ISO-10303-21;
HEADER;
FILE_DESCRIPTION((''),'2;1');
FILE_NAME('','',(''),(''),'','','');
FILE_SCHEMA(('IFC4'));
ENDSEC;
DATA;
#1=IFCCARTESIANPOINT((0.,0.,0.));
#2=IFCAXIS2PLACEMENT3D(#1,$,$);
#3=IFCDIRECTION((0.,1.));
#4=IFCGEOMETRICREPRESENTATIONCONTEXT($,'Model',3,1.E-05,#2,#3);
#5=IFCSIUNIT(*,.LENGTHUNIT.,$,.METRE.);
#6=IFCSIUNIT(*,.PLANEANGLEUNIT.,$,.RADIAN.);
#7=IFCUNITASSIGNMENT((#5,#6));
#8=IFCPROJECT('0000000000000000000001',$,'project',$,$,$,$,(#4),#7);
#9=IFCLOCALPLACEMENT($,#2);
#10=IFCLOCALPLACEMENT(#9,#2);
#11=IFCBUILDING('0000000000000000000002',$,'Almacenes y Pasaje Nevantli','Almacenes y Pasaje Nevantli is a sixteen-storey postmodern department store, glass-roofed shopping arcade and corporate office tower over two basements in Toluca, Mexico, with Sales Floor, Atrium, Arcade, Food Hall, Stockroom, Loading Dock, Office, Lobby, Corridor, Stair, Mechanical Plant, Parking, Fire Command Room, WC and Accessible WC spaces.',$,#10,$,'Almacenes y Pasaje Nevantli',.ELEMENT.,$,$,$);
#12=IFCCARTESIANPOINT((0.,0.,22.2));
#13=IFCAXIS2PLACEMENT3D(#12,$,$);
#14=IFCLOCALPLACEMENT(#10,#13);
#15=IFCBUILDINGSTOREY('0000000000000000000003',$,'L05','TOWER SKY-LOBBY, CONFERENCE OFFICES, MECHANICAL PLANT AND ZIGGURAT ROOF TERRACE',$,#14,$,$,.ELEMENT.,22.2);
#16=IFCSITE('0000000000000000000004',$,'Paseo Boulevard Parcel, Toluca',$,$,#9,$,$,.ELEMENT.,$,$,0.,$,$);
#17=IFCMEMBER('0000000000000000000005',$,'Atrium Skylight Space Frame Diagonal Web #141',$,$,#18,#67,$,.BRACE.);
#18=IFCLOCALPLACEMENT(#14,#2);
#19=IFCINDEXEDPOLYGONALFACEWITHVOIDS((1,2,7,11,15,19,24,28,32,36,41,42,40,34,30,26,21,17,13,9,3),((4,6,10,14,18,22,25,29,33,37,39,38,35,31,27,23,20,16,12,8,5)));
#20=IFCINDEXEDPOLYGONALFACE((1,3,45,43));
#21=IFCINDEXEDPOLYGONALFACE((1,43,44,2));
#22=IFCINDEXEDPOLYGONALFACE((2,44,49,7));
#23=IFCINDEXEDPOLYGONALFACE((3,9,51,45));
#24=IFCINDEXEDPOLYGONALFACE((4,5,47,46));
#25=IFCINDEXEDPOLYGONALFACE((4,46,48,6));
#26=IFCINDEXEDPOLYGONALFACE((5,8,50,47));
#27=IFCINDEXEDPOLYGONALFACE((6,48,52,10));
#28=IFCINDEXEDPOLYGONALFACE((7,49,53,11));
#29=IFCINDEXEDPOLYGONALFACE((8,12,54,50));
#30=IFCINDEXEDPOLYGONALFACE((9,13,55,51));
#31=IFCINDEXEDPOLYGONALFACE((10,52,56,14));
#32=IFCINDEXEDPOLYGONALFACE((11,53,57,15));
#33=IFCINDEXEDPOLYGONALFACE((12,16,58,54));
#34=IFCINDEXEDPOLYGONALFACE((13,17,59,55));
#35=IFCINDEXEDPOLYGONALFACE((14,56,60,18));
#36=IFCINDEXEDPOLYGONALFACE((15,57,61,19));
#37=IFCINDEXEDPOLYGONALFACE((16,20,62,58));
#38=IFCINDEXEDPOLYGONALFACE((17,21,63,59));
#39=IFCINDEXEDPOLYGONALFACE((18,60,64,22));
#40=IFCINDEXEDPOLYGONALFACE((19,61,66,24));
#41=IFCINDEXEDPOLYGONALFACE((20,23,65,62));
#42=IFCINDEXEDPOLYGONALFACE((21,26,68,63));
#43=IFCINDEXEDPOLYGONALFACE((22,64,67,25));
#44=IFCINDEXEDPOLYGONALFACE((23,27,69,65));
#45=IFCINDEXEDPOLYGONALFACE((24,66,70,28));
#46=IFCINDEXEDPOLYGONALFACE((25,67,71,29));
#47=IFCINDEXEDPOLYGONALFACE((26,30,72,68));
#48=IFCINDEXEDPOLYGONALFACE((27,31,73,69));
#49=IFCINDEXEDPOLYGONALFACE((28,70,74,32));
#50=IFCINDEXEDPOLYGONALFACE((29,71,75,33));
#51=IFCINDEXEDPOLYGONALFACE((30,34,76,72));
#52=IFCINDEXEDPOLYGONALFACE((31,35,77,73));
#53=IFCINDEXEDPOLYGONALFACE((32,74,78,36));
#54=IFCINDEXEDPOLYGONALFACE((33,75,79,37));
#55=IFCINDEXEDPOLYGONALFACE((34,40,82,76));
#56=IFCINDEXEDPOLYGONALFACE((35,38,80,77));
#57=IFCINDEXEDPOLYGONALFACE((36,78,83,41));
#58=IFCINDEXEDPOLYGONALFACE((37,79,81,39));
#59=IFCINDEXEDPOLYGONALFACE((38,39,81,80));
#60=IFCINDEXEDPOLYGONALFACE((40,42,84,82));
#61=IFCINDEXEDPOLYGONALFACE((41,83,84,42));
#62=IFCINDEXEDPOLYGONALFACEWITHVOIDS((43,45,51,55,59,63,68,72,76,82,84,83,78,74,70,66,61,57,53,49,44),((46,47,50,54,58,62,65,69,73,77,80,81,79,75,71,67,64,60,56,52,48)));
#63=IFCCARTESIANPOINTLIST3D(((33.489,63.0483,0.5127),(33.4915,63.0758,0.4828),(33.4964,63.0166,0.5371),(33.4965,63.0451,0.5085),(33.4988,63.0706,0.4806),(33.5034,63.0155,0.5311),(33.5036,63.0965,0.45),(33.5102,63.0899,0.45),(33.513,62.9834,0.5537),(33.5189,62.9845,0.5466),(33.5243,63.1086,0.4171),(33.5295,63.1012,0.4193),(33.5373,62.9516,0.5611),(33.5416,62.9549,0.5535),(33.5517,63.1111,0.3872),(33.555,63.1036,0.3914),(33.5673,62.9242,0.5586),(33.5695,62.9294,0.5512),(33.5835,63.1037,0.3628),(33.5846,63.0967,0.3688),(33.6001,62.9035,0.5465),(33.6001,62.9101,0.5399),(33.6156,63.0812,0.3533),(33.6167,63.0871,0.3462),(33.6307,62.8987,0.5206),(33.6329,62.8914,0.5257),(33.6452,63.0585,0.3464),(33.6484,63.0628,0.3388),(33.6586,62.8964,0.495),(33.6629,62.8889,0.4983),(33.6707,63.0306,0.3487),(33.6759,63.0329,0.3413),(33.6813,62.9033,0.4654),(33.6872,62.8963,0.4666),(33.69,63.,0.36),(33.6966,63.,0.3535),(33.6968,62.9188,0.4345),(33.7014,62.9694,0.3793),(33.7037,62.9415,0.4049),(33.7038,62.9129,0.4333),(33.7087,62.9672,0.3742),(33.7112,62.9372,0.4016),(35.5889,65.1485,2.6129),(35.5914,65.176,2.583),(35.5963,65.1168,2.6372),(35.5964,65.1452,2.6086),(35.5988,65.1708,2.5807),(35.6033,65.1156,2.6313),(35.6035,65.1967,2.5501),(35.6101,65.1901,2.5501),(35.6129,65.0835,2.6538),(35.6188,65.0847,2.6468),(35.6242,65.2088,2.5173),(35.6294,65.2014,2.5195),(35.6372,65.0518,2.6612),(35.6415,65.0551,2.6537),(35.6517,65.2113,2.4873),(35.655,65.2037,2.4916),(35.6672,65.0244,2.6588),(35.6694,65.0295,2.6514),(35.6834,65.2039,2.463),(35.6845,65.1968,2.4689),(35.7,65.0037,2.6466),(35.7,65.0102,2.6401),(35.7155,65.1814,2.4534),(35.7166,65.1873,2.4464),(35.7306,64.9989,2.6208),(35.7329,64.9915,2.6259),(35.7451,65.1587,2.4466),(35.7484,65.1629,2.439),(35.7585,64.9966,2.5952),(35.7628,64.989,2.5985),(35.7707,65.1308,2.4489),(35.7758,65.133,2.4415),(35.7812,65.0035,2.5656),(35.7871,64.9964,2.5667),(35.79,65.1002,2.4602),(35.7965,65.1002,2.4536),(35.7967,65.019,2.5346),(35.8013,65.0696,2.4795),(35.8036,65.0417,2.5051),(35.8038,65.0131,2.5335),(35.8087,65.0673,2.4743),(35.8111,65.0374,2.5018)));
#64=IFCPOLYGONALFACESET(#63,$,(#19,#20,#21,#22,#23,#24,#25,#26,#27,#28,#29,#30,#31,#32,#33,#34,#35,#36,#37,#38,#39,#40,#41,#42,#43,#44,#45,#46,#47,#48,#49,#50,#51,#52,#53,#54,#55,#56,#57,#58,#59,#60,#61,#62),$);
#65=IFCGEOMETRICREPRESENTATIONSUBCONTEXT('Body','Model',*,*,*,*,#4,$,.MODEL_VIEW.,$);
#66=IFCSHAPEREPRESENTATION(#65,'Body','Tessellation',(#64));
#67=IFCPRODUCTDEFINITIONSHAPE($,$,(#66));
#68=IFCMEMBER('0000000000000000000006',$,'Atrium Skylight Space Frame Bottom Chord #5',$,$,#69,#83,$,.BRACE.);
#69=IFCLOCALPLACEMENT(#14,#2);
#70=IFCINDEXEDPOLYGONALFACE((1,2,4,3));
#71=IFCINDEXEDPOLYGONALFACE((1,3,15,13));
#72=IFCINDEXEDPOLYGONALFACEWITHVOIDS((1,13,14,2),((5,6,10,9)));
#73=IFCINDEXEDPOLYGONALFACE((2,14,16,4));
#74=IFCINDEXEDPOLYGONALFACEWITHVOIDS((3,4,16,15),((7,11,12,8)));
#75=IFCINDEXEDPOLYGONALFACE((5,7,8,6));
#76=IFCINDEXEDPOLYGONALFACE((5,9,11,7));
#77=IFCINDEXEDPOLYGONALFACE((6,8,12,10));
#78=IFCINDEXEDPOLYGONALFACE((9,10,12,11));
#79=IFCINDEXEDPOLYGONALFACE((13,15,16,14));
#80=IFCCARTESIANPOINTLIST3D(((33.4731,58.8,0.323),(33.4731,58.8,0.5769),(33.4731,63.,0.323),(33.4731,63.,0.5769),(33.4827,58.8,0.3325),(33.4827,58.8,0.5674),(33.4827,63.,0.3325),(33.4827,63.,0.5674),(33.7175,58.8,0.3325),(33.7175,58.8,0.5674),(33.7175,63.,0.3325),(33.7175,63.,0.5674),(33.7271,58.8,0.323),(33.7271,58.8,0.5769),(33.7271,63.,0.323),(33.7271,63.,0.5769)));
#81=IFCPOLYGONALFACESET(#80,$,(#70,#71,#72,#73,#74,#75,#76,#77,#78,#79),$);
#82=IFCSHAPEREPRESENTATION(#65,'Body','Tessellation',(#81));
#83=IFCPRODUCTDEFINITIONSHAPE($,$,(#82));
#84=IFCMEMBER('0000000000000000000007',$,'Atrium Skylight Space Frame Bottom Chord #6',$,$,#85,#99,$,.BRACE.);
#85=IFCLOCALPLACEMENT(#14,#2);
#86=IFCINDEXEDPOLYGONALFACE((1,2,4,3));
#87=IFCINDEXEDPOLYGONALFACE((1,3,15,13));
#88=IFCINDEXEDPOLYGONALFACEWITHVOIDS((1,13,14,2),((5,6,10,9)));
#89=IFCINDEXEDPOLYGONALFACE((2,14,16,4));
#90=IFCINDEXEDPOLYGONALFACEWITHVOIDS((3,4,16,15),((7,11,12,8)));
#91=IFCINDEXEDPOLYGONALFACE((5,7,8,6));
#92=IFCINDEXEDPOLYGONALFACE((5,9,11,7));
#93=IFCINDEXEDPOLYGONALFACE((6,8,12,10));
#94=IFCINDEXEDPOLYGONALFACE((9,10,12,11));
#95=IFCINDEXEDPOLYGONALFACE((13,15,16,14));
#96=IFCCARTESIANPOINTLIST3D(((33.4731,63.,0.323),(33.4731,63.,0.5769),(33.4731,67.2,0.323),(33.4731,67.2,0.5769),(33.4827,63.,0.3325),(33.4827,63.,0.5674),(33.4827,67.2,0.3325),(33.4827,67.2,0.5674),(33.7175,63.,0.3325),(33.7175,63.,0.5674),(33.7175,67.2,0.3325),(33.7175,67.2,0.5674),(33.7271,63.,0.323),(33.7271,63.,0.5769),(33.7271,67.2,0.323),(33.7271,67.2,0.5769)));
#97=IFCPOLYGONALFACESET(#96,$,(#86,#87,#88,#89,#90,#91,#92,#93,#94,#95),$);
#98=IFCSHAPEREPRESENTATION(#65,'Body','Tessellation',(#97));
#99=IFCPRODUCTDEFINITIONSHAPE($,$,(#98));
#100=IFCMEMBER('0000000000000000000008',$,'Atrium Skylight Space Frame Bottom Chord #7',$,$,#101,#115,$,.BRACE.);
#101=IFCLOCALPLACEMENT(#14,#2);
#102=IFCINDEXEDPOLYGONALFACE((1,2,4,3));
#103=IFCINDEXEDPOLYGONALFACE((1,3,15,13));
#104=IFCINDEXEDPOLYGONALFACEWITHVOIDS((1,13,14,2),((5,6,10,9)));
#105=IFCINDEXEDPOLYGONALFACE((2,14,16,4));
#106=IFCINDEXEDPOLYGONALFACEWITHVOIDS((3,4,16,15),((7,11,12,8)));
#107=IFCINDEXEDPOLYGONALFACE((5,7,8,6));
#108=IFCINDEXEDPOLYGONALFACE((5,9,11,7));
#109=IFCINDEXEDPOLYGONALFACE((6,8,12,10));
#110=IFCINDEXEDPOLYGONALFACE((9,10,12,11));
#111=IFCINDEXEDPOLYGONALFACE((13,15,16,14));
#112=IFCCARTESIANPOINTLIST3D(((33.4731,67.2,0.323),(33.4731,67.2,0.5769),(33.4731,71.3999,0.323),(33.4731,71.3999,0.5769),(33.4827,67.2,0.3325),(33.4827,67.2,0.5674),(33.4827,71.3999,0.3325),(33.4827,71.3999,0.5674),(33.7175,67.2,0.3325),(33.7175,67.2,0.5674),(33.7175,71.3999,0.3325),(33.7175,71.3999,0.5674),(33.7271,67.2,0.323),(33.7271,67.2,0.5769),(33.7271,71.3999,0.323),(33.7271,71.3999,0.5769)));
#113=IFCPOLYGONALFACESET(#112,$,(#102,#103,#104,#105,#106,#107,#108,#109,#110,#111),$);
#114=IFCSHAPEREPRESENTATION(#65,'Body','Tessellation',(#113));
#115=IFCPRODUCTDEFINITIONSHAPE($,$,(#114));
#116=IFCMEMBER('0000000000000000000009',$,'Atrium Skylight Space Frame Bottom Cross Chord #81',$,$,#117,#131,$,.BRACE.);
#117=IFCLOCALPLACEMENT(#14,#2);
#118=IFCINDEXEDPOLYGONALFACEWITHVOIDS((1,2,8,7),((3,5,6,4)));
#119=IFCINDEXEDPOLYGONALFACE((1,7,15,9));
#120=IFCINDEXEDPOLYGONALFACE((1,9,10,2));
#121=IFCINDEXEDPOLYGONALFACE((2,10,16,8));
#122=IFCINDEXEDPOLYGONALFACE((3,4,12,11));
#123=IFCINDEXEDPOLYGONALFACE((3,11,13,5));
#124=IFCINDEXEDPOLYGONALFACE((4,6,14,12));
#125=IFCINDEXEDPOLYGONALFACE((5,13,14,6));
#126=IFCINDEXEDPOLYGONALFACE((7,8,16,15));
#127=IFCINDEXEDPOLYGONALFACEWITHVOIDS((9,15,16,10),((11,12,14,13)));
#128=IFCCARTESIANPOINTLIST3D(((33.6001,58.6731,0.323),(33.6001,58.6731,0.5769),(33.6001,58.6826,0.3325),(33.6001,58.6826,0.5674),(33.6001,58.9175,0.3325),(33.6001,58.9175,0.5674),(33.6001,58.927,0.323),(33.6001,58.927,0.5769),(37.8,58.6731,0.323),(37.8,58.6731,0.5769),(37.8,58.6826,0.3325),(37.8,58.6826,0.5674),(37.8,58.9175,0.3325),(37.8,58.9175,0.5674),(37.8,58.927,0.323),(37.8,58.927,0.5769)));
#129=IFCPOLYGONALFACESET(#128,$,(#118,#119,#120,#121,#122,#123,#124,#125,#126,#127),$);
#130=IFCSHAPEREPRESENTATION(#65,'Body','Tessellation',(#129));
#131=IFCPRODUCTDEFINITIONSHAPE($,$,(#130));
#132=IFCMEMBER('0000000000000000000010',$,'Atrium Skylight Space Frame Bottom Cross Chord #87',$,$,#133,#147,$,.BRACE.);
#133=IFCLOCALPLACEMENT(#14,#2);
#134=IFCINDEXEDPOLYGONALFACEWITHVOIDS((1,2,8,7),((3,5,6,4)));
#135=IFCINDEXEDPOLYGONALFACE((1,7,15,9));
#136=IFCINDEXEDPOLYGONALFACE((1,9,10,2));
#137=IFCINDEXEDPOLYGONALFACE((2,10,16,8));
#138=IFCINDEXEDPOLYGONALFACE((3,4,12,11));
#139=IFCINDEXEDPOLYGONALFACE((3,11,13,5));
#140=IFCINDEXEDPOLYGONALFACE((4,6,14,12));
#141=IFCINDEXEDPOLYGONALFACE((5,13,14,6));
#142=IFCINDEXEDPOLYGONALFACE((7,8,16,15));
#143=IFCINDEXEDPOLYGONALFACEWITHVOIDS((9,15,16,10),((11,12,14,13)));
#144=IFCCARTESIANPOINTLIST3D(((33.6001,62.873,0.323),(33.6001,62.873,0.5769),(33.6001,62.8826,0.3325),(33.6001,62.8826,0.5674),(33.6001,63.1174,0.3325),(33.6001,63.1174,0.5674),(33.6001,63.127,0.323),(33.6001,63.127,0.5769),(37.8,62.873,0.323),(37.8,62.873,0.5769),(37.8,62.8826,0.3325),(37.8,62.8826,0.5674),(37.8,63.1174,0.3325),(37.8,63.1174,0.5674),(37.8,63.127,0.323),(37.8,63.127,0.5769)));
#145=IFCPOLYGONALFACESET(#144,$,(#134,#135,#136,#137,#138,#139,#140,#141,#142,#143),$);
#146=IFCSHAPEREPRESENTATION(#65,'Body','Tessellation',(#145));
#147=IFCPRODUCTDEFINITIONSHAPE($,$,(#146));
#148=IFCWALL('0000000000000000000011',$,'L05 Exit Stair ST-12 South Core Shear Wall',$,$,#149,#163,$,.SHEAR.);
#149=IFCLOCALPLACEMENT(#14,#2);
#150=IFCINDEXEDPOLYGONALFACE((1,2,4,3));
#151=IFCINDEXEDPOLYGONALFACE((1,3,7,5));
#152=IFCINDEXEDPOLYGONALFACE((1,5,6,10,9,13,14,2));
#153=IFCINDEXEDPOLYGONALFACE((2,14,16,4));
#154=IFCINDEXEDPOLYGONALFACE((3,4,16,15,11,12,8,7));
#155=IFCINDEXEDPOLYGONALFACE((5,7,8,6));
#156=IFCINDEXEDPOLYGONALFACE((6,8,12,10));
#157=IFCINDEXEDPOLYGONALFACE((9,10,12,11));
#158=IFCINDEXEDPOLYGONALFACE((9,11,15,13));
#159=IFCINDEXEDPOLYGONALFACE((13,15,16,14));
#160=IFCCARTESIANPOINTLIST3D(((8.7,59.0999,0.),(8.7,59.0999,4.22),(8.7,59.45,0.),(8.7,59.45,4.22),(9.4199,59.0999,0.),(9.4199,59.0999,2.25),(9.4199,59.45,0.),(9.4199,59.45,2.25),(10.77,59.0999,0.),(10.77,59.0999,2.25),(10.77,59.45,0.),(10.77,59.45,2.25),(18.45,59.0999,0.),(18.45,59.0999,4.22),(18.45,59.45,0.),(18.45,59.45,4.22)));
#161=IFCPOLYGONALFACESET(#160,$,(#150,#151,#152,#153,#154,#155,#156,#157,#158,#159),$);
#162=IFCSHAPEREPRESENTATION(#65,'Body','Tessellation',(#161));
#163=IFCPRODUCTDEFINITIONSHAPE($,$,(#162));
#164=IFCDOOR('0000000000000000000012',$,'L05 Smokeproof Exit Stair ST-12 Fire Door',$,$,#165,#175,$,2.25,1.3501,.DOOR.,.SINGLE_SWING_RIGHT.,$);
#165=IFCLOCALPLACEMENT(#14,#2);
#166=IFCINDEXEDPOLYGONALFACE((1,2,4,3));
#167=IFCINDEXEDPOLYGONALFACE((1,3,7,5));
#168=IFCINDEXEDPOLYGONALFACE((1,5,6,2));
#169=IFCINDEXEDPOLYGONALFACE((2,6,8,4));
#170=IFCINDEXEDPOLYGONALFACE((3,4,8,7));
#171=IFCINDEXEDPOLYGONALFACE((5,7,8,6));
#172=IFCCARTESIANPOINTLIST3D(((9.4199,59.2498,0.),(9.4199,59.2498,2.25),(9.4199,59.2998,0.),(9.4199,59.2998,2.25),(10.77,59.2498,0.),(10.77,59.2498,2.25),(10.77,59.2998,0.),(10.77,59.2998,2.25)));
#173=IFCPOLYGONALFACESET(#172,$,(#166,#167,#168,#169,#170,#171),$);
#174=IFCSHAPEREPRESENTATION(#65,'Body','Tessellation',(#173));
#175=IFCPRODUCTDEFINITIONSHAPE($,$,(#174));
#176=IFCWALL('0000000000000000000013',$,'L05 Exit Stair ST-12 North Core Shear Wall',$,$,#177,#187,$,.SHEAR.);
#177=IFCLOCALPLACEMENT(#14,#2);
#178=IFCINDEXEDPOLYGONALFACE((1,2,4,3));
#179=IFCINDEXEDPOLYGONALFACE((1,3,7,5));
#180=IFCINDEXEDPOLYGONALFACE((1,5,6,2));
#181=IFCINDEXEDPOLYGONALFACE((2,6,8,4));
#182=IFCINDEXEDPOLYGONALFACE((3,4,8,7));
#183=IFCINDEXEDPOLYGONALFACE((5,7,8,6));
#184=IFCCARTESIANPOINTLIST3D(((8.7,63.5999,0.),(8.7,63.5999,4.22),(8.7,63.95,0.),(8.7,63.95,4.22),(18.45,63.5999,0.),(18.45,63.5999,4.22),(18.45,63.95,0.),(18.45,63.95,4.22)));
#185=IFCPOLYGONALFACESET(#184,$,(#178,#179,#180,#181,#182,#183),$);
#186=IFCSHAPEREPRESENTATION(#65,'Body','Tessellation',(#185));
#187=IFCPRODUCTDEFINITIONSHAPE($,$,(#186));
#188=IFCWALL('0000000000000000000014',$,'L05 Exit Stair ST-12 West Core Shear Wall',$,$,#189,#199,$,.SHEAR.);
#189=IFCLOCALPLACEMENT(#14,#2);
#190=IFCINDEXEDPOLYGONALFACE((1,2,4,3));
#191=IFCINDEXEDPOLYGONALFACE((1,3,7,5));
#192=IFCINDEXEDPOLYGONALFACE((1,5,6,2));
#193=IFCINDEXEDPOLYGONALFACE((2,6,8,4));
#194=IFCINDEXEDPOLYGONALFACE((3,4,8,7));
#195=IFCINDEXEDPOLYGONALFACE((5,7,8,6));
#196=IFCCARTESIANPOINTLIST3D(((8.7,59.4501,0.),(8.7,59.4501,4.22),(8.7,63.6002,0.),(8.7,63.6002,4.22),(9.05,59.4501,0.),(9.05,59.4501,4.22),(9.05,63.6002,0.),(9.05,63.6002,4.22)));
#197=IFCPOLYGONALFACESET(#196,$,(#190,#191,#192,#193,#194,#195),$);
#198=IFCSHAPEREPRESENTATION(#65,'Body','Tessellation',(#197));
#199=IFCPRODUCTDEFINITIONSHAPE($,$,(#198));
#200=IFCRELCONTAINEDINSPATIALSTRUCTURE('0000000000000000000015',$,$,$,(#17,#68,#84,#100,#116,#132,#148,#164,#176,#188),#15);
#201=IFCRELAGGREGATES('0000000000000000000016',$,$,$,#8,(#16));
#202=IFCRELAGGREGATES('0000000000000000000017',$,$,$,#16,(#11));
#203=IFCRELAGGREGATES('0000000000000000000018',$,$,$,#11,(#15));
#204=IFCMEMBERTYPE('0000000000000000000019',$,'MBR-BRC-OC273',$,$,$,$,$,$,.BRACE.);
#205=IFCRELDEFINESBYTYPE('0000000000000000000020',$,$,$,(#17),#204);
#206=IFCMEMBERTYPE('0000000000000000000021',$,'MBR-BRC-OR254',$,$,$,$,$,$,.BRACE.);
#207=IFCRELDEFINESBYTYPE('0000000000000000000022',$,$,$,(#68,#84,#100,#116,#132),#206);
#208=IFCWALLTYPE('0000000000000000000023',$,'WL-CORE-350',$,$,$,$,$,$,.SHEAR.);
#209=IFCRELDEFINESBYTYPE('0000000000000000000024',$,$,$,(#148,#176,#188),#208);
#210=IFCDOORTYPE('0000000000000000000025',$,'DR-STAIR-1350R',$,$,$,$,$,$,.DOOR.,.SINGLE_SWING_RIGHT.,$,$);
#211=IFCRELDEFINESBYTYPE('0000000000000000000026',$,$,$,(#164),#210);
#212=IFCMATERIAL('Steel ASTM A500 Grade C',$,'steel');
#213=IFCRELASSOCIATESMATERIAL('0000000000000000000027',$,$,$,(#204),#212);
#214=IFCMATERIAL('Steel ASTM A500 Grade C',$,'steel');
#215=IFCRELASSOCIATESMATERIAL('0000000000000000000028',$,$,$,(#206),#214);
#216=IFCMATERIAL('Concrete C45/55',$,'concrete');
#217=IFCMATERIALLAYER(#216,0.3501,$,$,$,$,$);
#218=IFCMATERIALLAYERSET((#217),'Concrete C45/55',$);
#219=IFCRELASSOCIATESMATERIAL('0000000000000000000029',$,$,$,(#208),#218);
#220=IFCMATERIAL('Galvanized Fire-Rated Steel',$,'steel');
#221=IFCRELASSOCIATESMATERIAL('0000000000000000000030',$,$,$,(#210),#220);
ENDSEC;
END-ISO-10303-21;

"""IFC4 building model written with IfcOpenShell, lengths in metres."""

from ifc_helpers import new_model, si_unit, direction, frame, frame_2d, origin, origin_2d, place, context, subcontext, project, spatial, rectangle, hollow_rectangle, hollow_circle, extrude, material, layer, layer_set, material_profile, profile_set, type_object, element, fill, save


model = new_model("IFC4")

# Units and contexts
model_context = context("Model", 3, precision=1e-05, world=origin(), true_north=direction((0.0, 1.0)))
body_context = subcontext(model_context, "Body", "Model", "MODEL_VIEW")
ifc_project = project(units=[si_unit("LENGTHUNIT", "METRE"), si_unit("PLANEANGLEUNIT", "RADIAN")], contexts=[model_context])

# Site, building, storey
site_placement = place(None, origin())
site = spatial("IfcSite", under=ifc_project, at=site_placement, Name="Paseo Boulevard Parcel, Toluca", CompositionType="ELEMENT", RefElevation=0.0)
building_placement = place(site_placement, origin())
building = spatial("IfcBuilding", under=site, at=building_placement, Name="Almacenes y Pasaje Nevantli", Description="Almacenes y Pasaje Nevantli is a sixteen-storey postmodern department store, glass-roofed shopping arcade and corporate office tower over two basements in Toluca, Mexico, with Sales Floor, Atrium, Arcade, Food Hall, Stockroom, Loading Dock, Office, Lobby, Corridor, Stair, Mechanical Plant, Parking, Fire Command Room, WC and Accessible WC spaces.", LongName="Almacenes y Pasaje Nevantli", CompositionType="ELEMENT")
storey_placement = place(building_placement, frame((0.0, 0.0, 22.2)))
storey = spatial("IfcBuildingStorey", under=building, at=storey_placement, Name="L05", Description="TOWER SKY-LOBBY, CONFERENCE OFFICES, MECHANICAL PLANT AND ZIGGURAT ROOF TERRACE", CompositionType="ELEMENT", Elevation=22.2)

# Members
ifc_material_1 = material(Name="Steel ASTM A500 Grade C", Category="steel")
ifc_material_profile_1 = material_profile(ifc_material_1, hollow_circle(Radius=0.1365, WallThickness=0.0093, at=origin_2d()), Name="OC 273x9.3")
ifc_profile_set_1 = profile_set([ifc_material_profile_1], Name="Steel ASTM A500 Grade C")
member_type_1 = type_object("IfcMemberType", Name="MBR-BRC-OC273", PredefinedType="BRACE", material=ifc_profile_set_1)
for number, where, z_axis, x_axis, name in (
    (1, (33.6001, 63.0, 0.45), (0.577306, 0.577373, 0.577373), (-0.707148, 0.707066, 0.0), "Atrium Skylight Space Frame Diagonal Web #141"),
):
    element("IfcMember", number, at=place(storey_placement, frame(where, z_axis=z_axis, x_axis=x_axis)), inside=storey, type_object=member_type_1, Name=name, PredefinedType="BRACE", context=body_context, shape_type="SweptSolid", body=[
        extrude(hollow_circle(Radius=0.1365, WallThickness=0.0093, at=origin_2d()), origin(), (0.0, 0.0, 1.0), 3.6375),
    ])
ifc_material_2 = material(Name="Steel ASTM A500 Grade C", Category="steel")
ifc_material_profile_2 = material_profile(ifc_material_2, hollow_rectangle(XDim=0.2539, YDim=0.2539, WallThickness=0.0095, at=origin_2d()), Name="OR 254x254x9.5")
ifc_profile_set_2 = profile_set([ifc_material_profile_2], Name="Steel ASTM A500 Grade C")
member_type_2 = type_object("IfcMemberType", Name="MBR-BRC-OR254", PredefinedType="BRACE", material=ifc_profile_set_2)
for number, where, z_axis, x_axis, name in (
    (2, (33.6001, 58.8, 0.45), (0.0, 1.0, 0.0), (-1.0, 0.0, 0.0), "Atrium Skylight Space Frame Bottom Chord #5"),
    (3, (33.6001, 63.0, 0.45), (0.0, 1.0, 0.0), (-1.0, 0.0, 0.0), "Atrium Skylight Space Frame Bottom Chord #6"),
    (4, (33.6001, 67.2, 0.45), (0.0, 1.0, 0.0), (-1.0, 0.0, 0.0), "Atrium Skylight Space Frame Bottom Chord #7"),
    (5, (33.6001, 58.8, 0.45), (1.0, 0.0, 0.0), (0.0, 1.0, 0.0), "Atrium Skylight Space Frame Bottom Cross Chord #81"),
    (6, (33.6001, 63.0, 0.45), (1.0, 0.0, 0.0), (0.0, 1.0, 0.0), "Atrium Skylight Space Frame Bottom Cross Chord #87"),
):
    element("IfcMember", number, at=place(storey_placement, frame(where, z_axis=z_axis, x_axis=x_axis)), inside=storey, type_object=member_type_2, Name=name, PredefinedType="BRACE", context=body_context, shape_type="SweptSolid", body=[
        extrude(hollow_rectangle(XDim=0.2539, YDim=0.2539, WallThickness=0.0095, at=origin_2d()), origin(), (0.0, 0.0, 1.0), 4.2),
    ])

# Wall, opening, door
ifc_material_3 = material(Name="Concrete C45/55", Category="concrete")
ifc_layer = layer(ifc_material_3, 0.3501)
ifc_layer_set = layer_set([ifc_layer], Name="Concrete C45/55")
wall_type = type_object("IfcWallType", Name="WL-CORE-350", PredefinedType="SHEAR", material=ifc_layer_set)
wall_1_placement = place(storey_placement, frame((8.7, 59.2749, 0.0), z_axis=(0.0, 0.0, 1.0), x_axis=(1.0, 0.0, 0.0)))
wall_1 = element("IfcWall", 7, at=wall_1_placement, inside=storey, type_object=wall_type, Name="L05 Exit Stair ST-12 South Core Shear Wall", PredefinedType="SHEAR", context=body_context, shape_type="SweptSolid", body=[
    extrude(rectangle(XDim=9.75, YDim=0.3501, at=frame_2d((4.875, 0.0))), origin(), (0.0, 0.0, 1.0), 4.22),
])
opening_placement = place(wall_1_placement, frame((0.72, 0.0, 0.0)))
opening = element("IfcOpeningElement", 8, at=opening_placement, cuts=wall_1, PredefinedType="OPENING", context=body_context, shape_type="SweptSolid", body=[
    extrude(rectangle(XDim=1.3501, YDim=2.25, at=frame_2d((0.675, 1.125))), frame((0.0, 0.1851, 0.0), z_axis=(0.0, -1.0, 0.0), x_axis=(1.0, 0.0, 0.0)), (0.0, 0.0, 1.0), 0.3701),
])
ifc_material_4 = material(Name="Galvanized Fire-Rated Steel", Category="steel")
door_type = type_object("IfcDoorType", Name="DR-STAIR-1350R", OperationType="SINGLE_SWING_RIGHT", PredefinedType="DOOR", material=ifc_material_4)
door_placement = place(opening_placement, origin())
door = element("IfcDoor", 9, at=door_placement, inside=storey, type_object=door_type, Name="L05 Smokeproof Exit Stair ST-12 Fire Door", OperationType="SINGLE_SWING_RIGHT", OverallHeight=2.25, OverallWidth=1.3501, PredefinedType="DOOR", context=body_context, shape_type="SweptSolid", body=[
    extrude(rectangle(XDim=1.3501, YDim=2.25, at=frame_2d((0.675, 1.125))), frame((0.0, 0.0249, 0.0), z_axis=(0.0, -1.0, 0.0), x_axis=(1.0, 0.0, 0.0)), (0.0, 0.0, 1.0), 0.05),
])
fill(opening, door)

# Walls
wall_2_placement = place(storey_placement, frame((8.7, 63.7749, 0.0), z_axis=(0.0, 0.0, 1.0), x_axis=(1.0, 0.0, 0.0)))
element("IfcWall", 10, at=wall_2_placement, inside=storey, type_object=wall_type, Name="L05 Exit Stair ST-12 North Core Shear Wall", PredefinedType="SHEAR", context=body_context, shape_type="SweptSolid", body=[
    extrude(rectangle(XDim=9.75, YDim=0.3501, at=frame_2d((4.875, 0.0))), origin(), (0.0, 0.0, 1.0), 4.22),
])
for number, where, z_axis, x_axis, name in (
    (11, (8.875, 59.45, 0.0), (0.0, 0.0, 1.0), (0.0, 1.0, 0.0), "L05 Exit Stair ST-12 West Core Shear Wall"),
):
    element("IfcWall", number, at=place(storey_placement, frame(where, z_axis=z_axis, x_axis=x_axis)), inside=storey, type_object=wall_type, Name=name, PredefinedType="SHEAR", context=body_context, shape_type="SweptSolid", body=[
        extrude(rectangle(XDim=4.1501, YDim=0.3501, at=frame_2d((2.0752, 0.0))), origin(), (0.0, 0.0, 1.0), 4.22),
    ])

save(model, "model.ifc")
